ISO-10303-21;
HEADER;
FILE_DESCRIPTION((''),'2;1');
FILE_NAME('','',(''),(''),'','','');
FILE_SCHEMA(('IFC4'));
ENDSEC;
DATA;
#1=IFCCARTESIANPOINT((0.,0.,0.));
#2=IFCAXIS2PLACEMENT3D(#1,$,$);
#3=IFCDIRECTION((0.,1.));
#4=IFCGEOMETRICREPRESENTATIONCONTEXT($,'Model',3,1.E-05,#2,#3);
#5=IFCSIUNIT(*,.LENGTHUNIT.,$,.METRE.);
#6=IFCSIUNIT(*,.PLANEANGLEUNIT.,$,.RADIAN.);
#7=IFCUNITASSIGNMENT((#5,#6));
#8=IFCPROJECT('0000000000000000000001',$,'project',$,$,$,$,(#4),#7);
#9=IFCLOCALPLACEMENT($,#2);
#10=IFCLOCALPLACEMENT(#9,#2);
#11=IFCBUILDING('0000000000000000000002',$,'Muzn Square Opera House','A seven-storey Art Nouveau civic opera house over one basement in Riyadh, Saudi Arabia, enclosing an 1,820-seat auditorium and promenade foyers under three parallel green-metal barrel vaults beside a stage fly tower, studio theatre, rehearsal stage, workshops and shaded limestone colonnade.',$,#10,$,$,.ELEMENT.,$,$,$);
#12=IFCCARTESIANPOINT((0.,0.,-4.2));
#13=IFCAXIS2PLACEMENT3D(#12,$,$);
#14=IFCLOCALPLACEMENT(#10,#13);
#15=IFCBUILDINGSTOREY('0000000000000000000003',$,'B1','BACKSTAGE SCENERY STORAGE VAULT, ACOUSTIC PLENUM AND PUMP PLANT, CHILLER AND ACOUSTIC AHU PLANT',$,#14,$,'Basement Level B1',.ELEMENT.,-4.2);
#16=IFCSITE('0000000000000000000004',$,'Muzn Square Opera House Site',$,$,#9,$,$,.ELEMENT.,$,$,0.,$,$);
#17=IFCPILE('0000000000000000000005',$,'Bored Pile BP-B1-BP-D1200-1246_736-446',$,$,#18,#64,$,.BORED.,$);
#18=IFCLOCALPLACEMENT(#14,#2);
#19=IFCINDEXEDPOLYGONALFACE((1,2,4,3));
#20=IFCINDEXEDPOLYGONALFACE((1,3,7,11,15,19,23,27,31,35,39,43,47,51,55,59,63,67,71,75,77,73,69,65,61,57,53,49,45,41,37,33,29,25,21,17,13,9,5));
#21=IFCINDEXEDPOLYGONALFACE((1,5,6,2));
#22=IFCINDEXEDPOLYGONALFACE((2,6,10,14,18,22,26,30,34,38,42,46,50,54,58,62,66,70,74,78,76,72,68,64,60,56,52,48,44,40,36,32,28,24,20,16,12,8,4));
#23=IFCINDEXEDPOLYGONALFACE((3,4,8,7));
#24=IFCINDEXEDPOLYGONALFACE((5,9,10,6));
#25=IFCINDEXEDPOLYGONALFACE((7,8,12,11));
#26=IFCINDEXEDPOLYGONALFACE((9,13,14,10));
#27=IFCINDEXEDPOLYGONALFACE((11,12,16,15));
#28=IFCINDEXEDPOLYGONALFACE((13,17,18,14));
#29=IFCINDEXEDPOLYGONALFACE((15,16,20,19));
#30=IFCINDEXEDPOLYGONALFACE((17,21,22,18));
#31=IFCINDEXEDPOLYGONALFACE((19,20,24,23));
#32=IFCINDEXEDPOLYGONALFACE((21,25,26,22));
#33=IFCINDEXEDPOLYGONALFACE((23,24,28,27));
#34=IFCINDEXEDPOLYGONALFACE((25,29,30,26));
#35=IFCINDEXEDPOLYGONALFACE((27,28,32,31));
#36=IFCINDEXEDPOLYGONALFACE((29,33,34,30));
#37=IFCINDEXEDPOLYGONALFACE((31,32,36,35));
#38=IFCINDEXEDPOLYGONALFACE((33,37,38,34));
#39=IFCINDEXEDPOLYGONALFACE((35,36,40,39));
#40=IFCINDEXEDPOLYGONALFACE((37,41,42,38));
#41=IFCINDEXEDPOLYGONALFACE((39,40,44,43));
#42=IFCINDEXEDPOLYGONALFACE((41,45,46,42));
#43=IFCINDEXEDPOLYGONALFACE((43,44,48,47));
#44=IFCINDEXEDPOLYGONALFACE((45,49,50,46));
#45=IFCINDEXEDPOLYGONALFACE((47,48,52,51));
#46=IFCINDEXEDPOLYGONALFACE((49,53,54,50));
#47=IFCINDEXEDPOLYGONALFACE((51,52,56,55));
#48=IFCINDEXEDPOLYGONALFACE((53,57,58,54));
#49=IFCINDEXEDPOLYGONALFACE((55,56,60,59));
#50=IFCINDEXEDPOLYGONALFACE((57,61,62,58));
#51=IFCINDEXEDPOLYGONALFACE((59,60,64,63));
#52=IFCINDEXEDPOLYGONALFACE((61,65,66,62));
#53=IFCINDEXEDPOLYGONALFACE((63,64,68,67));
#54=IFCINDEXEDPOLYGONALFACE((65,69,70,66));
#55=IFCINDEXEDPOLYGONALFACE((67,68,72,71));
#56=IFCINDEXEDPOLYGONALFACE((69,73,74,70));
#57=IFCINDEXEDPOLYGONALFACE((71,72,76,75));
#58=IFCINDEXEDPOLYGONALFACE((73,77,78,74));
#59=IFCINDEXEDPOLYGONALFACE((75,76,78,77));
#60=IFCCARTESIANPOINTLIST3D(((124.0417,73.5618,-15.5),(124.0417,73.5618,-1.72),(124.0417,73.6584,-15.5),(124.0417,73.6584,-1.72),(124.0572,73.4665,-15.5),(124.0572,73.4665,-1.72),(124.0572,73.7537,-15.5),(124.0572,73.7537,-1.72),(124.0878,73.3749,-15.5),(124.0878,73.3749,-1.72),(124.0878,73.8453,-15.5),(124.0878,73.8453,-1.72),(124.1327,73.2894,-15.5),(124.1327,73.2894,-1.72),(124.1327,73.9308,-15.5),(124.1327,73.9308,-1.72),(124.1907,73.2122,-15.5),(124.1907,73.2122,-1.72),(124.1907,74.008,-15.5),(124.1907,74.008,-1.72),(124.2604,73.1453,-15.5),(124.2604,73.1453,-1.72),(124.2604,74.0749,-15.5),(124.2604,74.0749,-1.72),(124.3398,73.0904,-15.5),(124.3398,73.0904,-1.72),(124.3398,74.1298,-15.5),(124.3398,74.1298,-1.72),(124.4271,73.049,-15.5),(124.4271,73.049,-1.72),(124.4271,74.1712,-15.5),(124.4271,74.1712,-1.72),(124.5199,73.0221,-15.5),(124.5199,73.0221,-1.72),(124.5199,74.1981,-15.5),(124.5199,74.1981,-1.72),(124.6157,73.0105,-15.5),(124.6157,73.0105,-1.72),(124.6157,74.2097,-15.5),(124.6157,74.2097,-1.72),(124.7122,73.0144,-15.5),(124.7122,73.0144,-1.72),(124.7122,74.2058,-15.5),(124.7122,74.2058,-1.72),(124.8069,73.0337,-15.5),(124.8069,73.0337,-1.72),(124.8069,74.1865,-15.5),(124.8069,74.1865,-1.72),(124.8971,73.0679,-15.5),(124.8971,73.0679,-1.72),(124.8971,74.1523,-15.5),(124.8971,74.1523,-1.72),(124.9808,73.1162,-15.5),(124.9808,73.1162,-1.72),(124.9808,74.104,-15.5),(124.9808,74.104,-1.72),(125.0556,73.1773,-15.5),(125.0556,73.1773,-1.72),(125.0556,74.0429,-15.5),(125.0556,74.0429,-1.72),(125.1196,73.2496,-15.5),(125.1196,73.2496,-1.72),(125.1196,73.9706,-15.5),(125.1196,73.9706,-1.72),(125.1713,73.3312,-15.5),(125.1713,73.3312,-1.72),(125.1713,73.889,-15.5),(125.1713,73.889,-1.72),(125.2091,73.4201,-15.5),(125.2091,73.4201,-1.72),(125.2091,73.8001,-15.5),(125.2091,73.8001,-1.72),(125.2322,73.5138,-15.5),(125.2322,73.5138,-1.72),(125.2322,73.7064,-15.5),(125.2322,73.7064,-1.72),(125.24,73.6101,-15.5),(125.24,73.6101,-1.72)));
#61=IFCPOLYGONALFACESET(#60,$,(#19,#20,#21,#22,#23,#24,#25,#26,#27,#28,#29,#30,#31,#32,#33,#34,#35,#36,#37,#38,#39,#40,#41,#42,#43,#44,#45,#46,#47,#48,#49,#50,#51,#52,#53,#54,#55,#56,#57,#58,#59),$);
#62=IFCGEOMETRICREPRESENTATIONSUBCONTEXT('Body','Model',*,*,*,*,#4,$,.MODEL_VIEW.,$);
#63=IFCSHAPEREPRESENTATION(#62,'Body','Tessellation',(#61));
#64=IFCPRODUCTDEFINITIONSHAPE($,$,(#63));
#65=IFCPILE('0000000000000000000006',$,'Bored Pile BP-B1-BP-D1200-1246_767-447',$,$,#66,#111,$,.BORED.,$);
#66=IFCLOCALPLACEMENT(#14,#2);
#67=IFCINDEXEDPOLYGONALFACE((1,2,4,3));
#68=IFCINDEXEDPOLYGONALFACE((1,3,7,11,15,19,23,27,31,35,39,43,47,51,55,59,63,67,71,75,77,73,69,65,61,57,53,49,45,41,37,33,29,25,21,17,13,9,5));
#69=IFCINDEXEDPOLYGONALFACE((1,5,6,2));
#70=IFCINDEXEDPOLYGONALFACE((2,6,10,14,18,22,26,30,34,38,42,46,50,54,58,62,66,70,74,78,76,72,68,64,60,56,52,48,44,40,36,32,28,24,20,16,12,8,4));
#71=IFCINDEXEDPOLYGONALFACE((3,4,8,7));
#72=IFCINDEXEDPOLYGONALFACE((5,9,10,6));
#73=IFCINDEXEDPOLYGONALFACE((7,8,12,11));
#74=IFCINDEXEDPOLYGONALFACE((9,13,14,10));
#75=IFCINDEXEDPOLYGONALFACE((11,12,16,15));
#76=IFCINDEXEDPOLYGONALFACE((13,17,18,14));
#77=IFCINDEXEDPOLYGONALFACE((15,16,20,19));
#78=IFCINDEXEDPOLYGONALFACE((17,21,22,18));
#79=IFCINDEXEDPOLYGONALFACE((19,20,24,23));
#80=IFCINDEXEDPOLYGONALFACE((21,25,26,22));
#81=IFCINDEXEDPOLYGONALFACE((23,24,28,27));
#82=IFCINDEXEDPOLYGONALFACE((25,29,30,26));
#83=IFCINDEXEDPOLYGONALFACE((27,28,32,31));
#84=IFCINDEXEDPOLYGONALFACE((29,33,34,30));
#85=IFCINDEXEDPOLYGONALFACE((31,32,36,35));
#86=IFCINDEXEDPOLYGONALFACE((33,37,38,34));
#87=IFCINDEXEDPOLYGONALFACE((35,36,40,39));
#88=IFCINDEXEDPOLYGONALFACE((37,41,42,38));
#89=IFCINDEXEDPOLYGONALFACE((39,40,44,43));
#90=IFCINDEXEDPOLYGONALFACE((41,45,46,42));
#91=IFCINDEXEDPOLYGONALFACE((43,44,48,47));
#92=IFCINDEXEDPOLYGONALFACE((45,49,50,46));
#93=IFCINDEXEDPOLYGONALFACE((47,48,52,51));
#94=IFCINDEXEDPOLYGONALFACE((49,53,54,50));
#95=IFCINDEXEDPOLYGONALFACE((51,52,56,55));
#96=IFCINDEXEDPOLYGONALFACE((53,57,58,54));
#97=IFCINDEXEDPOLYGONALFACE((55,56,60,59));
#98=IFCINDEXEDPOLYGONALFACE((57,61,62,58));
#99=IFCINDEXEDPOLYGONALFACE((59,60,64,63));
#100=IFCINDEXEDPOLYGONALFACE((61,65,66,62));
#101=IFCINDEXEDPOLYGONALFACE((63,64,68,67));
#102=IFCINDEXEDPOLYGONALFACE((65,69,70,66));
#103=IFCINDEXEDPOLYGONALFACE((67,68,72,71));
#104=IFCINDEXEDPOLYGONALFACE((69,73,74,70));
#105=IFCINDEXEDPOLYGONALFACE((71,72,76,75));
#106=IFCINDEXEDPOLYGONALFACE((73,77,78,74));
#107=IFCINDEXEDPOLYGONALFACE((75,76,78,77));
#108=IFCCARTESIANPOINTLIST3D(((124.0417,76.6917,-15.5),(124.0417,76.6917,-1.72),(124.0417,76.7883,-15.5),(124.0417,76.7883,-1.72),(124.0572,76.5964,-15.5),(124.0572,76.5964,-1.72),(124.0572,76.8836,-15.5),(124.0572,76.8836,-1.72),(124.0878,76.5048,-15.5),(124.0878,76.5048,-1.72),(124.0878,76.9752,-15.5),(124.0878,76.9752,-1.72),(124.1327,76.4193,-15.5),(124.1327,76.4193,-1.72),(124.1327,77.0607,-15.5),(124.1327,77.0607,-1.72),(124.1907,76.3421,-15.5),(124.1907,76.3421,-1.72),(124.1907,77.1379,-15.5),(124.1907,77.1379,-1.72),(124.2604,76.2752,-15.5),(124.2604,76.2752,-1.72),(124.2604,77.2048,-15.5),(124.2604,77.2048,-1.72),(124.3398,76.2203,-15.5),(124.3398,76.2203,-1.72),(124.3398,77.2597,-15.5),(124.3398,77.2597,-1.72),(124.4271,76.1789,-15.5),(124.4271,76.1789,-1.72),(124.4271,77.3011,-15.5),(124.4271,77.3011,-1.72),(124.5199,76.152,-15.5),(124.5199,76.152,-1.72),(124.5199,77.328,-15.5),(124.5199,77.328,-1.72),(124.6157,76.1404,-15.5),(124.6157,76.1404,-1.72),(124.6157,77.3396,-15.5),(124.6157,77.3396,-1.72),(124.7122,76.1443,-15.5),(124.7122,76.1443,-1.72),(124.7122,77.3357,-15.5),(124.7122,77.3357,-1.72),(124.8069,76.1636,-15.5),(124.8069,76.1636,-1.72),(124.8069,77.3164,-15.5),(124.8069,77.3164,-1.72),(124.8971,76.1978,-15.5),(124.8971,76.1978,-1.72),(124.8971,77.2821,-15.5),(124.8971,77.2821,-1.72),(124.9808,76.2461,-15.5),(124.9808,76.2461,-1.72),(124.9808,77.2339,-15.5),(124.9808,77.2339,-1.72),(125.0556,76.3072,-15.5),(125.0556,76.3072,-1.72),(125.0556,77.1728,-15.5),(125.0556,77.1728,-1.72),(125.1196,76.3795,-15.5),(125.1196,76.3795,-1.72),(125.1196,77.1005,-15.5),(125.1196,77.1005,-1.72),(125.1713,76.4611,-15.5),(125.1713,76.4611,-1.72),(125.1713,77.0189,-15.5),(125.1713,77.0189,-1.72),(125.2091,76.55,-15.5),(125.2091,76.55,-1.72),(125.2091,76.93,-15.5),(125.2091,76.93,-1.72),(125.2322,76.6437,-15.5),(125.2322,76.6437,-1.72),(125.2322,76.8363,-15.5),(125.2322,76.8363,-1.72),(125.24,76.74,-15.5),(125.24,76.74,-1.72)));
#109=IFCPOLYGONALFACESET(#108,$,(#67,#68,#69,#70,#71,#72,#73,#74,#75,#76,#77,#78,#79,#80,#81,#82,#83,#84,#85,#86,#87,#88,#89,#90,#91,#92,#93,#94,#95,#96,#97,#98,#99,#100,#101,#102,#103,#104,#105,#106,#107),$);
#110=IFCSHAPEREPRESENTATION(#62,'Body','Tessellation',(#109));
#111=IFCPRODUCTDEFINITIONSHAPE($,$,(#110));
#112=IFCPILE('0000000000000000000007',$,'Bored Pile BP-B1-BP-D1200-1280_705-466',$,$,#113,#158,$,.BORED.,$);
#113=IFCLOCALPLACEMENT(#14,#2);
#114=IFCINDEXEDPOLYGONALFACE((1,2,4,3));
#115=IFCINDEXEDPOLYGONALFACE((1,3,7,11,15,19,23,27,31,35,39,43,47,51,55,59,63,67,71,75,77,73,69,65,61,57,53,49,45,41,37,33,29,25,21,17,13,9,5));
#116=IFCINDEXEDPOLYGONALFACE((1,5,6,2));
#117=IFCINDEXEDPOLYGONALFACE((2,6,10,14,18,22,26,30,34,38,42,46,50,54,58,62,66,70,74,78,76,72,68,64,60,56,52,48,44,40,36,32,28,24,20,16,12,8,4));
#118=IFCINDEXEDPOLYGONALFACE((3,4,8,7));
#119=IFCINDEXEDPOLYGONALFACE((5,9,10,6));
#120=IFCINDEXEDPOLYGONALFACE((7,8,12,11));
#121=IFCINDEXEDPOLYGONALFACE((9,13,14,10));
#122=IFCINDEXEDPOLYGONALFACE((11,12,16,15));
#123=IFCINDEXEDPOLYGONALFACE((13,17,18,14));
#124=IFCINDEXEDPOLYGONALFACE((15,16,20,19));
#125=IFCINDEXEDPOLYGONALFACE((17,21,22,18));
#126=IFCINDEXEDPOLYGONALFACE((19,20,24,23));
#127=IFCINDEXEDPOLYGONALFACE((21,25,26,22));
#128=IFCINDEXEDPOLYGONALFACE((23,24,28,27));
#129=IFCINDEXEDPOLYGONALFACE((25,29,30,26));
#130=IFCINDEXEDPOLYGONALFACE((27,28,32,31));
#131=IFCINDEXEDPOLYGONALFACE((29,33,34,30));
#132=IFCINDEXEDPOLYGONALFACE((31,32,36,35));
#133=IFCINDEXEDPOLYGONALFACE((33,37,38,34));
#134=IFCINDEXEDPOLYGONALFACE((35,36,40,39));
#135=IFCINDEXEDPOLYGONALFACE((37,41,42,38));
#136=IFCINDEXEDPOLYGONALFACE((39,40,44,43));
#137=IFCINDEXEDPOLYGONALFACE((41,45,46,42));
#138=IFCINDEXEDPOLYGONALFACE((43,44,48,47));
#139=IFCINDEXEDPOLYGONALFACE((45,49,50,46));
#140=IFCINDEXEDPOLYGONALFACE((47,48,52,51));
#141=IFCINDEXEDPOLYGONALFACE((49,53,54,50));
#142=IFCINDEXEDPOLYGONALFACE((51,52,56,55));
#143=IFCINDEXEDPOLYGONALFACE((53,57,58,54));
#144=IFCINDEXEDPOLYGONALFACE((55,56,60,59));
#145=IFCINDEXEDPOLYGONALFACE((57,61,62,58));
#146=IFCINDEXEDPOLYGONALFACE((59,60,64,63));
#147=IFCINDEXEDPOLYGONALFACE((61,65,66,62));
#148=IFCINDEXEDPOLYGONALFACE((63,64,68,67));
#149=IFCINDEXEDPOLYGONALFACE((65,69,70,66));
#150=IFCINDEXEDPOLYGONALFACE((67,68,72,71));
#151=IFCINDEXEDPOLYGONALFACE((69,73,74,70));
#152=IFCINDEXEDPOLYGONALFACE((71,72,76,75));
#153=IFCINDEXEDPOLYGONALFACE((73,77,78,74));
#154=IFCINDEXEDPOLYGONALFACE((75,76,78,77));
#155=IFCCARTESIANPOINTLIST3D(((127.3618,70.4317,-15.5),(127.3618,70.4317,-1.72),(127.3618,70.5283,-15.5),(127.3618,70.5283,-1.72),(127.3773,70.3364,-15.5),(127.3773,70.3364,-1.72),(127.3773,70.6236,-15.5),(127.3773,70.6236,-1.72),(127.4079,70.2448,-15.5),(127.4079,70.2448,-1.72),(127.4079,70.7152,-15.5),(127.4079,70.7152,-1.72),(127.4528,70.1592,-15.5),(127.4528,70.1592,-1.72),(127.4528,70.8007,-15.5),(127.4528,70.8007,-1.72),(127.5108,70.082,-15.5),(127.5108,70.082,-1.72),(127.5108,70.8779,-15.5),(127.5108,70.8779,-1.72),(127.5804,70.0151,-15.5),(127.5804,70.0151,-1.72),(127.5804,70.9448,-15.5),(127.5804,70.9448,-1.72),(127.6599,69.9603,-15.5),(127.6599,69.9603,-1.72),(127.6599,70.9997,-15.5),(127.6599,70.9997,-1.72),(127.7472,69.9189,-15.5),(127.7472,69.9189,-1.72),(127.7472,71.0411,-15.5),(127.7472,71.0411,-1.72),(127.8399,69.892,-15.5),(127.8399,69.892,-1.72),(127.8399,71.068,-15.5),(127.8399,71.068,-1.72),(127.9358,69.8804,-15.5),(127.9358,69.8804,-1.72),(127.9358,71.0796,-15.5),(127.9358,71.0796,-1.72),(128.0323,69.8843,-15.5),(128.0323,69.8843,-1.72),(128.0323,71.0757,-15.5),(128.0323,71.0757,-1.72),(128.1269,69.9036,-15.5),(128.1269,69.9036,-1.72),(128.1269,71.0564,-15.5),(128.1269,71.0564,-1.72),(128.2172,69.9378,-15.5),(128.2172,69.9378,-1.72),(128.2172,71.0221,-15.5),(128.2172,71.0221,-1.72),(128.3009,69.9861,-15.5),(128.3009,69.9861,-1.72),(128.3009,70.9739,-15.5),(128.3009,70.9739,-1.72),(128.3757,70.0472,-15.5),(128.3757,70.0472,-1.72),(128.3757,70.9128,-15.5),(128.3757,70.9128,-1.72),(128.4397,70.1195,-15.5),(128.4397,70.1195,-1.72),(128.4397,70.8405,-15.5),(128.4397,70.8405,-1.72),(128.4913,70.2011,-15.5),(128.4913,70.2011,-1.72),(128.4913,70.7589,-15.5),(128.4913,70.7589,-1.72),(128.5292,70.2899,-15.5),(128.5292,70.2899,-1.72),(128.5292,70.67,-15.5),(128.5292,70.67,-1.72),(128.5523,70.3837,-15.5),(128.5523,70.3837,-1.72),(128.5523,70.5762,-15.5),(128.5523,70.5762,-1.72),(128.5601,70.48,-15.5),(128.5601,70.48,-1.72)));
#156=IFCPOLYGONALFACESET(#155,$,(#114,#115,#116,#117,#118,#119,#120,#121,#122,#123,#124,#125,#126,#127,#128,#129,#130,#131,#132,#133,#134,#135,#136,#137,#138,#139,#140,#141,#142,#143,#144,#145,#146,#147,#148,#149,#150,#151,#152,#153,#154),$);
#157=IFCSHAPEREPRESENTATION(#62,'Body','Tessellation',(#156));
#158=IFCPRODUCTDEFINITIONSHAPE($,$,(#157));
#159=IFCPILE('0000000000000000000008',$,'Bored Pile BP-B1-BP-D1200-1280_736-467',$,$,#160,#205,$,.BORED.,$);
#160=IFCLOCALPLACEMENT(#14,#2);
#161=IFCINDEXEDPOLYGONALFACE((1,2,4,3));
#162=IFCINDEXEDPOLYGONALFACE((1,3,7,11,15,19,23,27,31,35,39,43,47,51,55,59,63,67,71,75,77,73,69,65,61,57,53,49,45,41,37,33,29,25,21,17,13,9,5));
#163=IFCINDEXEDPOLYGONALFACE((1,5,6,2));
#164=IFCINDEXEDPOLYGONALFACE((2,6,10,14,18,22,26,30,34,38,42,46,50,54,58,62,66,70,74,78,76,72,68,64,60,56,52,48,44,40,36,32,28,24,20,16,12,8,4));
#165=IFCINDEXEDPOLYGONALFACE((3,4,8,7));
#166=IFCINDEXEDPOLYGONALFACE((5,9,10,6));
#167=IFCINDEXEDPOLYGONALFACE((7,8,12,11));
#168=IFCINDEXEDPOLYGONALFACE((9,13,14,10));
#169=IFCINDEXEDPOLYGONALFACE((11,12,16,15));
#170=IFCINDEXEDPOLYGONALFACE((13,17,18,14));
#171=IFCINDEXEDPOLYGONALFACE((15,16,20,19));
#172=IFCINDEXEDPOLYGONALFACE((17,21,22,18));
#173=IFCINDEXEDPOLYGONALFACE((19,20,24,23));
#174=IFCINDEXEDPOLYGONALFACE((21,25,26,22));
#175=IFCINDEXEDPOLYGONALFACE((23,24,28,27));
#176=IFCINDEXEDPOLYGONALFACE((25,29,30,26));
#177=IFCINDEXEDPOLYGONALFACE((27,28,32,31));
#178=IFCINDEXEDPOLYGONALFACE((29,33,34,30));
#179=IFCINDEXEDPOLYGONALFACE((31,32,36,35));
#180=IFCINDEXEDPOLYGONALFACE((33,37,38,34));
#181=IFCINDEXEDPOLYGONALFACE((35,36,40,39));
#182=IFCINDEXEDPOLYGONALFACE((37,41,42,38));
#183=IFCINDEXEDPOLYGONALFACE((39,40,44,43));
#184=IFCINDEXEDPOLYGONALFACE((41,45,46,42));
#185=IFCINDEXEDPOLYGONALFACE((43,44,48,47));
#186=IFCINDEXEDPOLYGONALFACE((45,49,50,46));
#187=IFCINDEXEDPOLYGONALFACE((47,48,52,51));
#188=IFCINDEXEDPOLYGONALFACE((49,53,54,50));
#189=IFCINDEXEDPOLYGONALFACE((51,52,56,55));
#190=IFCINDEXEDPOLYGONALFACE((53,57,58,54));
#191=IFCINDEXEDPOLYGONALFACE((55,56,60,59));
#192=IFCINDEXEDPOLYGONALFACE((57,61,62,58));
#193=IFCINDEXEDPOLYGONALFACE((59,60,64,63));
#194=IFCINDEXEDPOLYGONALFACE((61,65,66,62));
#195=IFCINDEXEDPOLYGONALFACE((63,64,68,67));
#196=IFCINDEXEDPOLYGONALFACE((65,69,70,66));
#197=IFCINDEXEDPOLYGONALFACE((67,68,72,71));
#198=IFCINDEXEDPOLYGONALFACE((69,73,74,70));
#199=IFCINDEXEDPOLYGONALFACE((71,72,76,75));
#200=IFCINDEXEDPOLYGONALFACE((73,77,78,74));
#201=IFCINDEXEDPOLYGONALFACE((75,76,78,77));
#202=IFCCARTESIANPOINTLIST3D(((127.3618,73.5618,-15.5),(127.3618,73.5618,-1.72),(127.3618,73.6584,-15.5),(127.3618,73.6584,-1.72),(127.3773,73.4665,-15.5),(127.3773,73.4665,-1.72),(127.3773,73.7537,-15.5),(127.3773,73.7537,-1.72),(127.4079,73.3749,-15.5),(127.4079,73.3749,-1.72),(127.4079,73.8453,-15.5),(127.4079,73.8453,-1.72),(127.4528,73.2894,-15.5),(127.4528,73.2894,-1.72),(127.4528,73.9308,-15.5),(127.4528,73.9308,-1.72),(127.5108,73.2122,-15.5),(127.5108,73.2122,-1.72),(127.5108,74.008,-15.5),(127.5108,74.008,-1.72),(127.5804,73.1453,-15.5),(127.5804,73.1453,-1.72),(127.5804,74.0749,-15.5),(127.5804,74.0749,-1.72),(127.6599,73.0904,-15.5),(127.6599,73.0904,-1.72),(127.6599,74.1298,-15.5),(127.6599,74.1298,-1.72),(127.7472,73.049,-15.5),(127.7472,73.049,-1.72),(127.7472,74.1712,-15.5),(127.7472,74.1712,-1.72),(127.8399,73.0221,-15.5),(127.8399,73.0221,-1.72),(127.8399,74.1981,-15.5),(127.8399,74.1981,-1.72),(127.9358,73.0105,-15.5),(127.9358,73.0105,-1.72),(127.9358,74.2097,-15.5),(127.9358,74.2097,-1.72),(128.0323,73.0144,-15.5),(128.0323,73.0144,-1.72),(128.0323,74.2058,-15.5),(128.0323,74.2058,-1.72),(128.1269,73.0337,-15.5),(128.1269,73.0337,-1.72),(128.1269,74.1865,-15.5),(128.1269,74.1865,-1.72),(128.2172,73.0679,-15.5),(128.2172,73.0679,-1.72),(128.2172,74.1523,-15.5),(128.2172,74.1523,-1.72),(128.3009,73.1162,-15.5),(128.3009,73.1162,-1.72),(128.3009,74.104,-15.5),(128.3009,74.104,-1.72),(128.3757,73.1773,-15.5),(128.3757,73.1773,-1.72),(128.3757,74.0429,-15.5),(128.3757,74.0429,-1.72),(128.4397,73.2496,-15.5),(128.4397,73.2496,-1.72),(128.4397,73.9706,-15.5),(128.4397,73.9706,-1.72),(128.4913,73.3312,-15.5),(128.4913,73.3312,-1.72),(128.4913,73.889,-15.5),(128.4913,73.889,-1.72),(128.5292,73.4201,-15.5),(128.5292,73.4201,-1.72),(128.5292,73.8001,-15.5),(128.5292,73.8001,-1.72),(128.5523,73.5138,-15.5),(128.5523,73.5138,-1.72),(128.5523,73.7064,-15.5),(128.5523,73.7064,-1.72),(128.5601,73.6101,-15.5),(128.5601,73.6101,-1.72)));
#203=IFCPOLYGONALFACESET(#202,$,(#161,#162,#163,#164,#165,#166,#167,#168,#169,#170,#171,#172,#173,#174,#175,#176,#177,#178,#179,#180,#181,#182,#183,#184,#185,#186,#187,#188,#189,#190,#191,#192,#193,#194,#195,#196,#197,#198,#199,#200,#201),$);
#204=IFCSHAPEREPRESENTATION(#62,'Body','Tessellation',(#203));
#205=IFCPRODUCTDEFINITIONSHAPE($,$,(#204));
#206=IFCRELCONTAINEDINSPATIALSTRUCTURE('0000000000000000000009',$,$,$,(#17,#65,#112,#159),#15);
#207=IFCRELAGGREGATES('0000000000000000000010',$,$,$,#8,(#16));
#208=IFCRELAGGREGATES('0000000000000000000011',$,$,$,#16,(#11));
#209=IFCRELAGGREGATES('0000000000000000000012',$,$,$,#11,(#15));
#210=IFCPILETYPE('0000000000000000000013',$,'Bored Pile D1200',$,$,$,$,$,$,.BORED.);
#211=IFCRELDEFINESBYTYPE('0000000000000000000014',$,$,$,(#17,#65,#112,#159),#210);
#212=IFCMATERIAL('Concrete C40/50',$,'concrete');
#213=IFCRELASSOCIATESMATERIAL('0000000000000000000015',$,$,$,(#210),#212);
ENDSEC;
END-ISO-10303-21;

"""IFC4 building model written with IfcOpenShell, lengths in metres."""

from ifc_helpers import new_model, si_unit, direction, frame, origin, origin_2d, place, context, subcontext, project, spatial, circle, extrude, material, material_profile, profile_set, type_object, element, save


model = new_model("IFC4")

# Units and contexts
model_context = context("Model", 3, precision=1e-05, world=origin(), true_north=direction((0.0, 1.0)))
body_context = subcontext(model_context, "Body", "Model", "MODEL_VIEW")
ifc_project = project(units=[si_unit("LENGTHUNIT", "METRE"), si_unit("PLANEANGLEUNIT", "RADIAN")], contexts=[model_context])

# Site, building, storey
site_placement = place(None, origin())
site = spatial("IfcSite", under=ifc_project, at=site_placement, Name="Muzn Square Opera House Site", CompositionType="ELEMENT", RefElevation=0.0)
building_placement = place(site_placement, origin())
building = spatial("IfcBuilding", under=site, at=building_placement, Name="Muzn Square Opera House", Description="A seven-storey Art Nouveau civic opera house over one basement in Riyadh, Saudi Arabia, enclosing an 1,820-seat auditorium and promenade foyers under three parallel green-metal barrel vaults beside a stage fly tower, studio theatre, rehearsal stage, workshops and shaded limestone colonnade.", CompositionType="ELEMENT")
storey_placement = place(building_placement, frame((0.0, 0.0, -4.2)))
storey = spatial("IfcBuildingStorey", under=building, at=storey_placement, Name="B1", Description="BACKSTAGE SCENERY STORAGE VAULT, ACOUSTIC PLENUM AND PUMP PLANT, CHILLER AND ACOUSTIC AHU PLANT", LongName="Basement Level B1", CompositionType="ELEMENT", Elevation=-4.2)

# Piles
ifc_material_1 = material(Name="Concrete C40/50", Category="concrete")
ifc_material_profile_1 = material_profile(ifc_material_1, circle(Radius=0.6001, at=origin_2d()), Name="BORED PILE D1200", Category="concrete")
ifc_profile_set_1 = profile_set([ifc_material_profile_1], Name="Concrete C40/50")
pile_type = type_object("IfcPileType", Name="Bored Pile D1200", PredefinedType="BORED", material=ifc_profile_set_1)
for number, where, z_axis, x_axis, name in (
    (1, (124.6399, 73.6101, -1.72), (0.0, 0.0, -1.0), (1.0, 0.0, 0.0), "Bored Pile BP-B1-BP-D1200-1246_736-446"),
    (2, (124.6399, 76.74, -1.72), (0.0, 0.0, -1.0), (1.0, 0.0, 0.0), "Bored Pile BP-B1-BP-D1200-1246_767-447"),
    (3, (127.96, 70.48, -1.72), (0.0, 0.0, -1.0), (1.0, 0.0, 0.0), "Bored Pile BP-B1-BP-D1200-1280_705-466"),
    (4, (127.96, 73.6101, -1.72), (0.0, 0.0, -1.0), (1.0, 0.0, 0.0), "Bored Pile BP-B1-BP-D1200-1280_736-467"),
):
    element("IfcPile", number, at=place(storey_placement, frame(where, z_axis=z_axis, x_axis=x_axis)), inside=storey, type_object=pile_type, Name=name, PredefinedType="BORED", context=body_context, shape_type="SweptSolid", body=[
        extrude(circle(Radius=0.6001, at=origin_2d()), origin(), (0.0, 0.0, 1.0), 13.78),
    ])

save(model, "model.ifc")
